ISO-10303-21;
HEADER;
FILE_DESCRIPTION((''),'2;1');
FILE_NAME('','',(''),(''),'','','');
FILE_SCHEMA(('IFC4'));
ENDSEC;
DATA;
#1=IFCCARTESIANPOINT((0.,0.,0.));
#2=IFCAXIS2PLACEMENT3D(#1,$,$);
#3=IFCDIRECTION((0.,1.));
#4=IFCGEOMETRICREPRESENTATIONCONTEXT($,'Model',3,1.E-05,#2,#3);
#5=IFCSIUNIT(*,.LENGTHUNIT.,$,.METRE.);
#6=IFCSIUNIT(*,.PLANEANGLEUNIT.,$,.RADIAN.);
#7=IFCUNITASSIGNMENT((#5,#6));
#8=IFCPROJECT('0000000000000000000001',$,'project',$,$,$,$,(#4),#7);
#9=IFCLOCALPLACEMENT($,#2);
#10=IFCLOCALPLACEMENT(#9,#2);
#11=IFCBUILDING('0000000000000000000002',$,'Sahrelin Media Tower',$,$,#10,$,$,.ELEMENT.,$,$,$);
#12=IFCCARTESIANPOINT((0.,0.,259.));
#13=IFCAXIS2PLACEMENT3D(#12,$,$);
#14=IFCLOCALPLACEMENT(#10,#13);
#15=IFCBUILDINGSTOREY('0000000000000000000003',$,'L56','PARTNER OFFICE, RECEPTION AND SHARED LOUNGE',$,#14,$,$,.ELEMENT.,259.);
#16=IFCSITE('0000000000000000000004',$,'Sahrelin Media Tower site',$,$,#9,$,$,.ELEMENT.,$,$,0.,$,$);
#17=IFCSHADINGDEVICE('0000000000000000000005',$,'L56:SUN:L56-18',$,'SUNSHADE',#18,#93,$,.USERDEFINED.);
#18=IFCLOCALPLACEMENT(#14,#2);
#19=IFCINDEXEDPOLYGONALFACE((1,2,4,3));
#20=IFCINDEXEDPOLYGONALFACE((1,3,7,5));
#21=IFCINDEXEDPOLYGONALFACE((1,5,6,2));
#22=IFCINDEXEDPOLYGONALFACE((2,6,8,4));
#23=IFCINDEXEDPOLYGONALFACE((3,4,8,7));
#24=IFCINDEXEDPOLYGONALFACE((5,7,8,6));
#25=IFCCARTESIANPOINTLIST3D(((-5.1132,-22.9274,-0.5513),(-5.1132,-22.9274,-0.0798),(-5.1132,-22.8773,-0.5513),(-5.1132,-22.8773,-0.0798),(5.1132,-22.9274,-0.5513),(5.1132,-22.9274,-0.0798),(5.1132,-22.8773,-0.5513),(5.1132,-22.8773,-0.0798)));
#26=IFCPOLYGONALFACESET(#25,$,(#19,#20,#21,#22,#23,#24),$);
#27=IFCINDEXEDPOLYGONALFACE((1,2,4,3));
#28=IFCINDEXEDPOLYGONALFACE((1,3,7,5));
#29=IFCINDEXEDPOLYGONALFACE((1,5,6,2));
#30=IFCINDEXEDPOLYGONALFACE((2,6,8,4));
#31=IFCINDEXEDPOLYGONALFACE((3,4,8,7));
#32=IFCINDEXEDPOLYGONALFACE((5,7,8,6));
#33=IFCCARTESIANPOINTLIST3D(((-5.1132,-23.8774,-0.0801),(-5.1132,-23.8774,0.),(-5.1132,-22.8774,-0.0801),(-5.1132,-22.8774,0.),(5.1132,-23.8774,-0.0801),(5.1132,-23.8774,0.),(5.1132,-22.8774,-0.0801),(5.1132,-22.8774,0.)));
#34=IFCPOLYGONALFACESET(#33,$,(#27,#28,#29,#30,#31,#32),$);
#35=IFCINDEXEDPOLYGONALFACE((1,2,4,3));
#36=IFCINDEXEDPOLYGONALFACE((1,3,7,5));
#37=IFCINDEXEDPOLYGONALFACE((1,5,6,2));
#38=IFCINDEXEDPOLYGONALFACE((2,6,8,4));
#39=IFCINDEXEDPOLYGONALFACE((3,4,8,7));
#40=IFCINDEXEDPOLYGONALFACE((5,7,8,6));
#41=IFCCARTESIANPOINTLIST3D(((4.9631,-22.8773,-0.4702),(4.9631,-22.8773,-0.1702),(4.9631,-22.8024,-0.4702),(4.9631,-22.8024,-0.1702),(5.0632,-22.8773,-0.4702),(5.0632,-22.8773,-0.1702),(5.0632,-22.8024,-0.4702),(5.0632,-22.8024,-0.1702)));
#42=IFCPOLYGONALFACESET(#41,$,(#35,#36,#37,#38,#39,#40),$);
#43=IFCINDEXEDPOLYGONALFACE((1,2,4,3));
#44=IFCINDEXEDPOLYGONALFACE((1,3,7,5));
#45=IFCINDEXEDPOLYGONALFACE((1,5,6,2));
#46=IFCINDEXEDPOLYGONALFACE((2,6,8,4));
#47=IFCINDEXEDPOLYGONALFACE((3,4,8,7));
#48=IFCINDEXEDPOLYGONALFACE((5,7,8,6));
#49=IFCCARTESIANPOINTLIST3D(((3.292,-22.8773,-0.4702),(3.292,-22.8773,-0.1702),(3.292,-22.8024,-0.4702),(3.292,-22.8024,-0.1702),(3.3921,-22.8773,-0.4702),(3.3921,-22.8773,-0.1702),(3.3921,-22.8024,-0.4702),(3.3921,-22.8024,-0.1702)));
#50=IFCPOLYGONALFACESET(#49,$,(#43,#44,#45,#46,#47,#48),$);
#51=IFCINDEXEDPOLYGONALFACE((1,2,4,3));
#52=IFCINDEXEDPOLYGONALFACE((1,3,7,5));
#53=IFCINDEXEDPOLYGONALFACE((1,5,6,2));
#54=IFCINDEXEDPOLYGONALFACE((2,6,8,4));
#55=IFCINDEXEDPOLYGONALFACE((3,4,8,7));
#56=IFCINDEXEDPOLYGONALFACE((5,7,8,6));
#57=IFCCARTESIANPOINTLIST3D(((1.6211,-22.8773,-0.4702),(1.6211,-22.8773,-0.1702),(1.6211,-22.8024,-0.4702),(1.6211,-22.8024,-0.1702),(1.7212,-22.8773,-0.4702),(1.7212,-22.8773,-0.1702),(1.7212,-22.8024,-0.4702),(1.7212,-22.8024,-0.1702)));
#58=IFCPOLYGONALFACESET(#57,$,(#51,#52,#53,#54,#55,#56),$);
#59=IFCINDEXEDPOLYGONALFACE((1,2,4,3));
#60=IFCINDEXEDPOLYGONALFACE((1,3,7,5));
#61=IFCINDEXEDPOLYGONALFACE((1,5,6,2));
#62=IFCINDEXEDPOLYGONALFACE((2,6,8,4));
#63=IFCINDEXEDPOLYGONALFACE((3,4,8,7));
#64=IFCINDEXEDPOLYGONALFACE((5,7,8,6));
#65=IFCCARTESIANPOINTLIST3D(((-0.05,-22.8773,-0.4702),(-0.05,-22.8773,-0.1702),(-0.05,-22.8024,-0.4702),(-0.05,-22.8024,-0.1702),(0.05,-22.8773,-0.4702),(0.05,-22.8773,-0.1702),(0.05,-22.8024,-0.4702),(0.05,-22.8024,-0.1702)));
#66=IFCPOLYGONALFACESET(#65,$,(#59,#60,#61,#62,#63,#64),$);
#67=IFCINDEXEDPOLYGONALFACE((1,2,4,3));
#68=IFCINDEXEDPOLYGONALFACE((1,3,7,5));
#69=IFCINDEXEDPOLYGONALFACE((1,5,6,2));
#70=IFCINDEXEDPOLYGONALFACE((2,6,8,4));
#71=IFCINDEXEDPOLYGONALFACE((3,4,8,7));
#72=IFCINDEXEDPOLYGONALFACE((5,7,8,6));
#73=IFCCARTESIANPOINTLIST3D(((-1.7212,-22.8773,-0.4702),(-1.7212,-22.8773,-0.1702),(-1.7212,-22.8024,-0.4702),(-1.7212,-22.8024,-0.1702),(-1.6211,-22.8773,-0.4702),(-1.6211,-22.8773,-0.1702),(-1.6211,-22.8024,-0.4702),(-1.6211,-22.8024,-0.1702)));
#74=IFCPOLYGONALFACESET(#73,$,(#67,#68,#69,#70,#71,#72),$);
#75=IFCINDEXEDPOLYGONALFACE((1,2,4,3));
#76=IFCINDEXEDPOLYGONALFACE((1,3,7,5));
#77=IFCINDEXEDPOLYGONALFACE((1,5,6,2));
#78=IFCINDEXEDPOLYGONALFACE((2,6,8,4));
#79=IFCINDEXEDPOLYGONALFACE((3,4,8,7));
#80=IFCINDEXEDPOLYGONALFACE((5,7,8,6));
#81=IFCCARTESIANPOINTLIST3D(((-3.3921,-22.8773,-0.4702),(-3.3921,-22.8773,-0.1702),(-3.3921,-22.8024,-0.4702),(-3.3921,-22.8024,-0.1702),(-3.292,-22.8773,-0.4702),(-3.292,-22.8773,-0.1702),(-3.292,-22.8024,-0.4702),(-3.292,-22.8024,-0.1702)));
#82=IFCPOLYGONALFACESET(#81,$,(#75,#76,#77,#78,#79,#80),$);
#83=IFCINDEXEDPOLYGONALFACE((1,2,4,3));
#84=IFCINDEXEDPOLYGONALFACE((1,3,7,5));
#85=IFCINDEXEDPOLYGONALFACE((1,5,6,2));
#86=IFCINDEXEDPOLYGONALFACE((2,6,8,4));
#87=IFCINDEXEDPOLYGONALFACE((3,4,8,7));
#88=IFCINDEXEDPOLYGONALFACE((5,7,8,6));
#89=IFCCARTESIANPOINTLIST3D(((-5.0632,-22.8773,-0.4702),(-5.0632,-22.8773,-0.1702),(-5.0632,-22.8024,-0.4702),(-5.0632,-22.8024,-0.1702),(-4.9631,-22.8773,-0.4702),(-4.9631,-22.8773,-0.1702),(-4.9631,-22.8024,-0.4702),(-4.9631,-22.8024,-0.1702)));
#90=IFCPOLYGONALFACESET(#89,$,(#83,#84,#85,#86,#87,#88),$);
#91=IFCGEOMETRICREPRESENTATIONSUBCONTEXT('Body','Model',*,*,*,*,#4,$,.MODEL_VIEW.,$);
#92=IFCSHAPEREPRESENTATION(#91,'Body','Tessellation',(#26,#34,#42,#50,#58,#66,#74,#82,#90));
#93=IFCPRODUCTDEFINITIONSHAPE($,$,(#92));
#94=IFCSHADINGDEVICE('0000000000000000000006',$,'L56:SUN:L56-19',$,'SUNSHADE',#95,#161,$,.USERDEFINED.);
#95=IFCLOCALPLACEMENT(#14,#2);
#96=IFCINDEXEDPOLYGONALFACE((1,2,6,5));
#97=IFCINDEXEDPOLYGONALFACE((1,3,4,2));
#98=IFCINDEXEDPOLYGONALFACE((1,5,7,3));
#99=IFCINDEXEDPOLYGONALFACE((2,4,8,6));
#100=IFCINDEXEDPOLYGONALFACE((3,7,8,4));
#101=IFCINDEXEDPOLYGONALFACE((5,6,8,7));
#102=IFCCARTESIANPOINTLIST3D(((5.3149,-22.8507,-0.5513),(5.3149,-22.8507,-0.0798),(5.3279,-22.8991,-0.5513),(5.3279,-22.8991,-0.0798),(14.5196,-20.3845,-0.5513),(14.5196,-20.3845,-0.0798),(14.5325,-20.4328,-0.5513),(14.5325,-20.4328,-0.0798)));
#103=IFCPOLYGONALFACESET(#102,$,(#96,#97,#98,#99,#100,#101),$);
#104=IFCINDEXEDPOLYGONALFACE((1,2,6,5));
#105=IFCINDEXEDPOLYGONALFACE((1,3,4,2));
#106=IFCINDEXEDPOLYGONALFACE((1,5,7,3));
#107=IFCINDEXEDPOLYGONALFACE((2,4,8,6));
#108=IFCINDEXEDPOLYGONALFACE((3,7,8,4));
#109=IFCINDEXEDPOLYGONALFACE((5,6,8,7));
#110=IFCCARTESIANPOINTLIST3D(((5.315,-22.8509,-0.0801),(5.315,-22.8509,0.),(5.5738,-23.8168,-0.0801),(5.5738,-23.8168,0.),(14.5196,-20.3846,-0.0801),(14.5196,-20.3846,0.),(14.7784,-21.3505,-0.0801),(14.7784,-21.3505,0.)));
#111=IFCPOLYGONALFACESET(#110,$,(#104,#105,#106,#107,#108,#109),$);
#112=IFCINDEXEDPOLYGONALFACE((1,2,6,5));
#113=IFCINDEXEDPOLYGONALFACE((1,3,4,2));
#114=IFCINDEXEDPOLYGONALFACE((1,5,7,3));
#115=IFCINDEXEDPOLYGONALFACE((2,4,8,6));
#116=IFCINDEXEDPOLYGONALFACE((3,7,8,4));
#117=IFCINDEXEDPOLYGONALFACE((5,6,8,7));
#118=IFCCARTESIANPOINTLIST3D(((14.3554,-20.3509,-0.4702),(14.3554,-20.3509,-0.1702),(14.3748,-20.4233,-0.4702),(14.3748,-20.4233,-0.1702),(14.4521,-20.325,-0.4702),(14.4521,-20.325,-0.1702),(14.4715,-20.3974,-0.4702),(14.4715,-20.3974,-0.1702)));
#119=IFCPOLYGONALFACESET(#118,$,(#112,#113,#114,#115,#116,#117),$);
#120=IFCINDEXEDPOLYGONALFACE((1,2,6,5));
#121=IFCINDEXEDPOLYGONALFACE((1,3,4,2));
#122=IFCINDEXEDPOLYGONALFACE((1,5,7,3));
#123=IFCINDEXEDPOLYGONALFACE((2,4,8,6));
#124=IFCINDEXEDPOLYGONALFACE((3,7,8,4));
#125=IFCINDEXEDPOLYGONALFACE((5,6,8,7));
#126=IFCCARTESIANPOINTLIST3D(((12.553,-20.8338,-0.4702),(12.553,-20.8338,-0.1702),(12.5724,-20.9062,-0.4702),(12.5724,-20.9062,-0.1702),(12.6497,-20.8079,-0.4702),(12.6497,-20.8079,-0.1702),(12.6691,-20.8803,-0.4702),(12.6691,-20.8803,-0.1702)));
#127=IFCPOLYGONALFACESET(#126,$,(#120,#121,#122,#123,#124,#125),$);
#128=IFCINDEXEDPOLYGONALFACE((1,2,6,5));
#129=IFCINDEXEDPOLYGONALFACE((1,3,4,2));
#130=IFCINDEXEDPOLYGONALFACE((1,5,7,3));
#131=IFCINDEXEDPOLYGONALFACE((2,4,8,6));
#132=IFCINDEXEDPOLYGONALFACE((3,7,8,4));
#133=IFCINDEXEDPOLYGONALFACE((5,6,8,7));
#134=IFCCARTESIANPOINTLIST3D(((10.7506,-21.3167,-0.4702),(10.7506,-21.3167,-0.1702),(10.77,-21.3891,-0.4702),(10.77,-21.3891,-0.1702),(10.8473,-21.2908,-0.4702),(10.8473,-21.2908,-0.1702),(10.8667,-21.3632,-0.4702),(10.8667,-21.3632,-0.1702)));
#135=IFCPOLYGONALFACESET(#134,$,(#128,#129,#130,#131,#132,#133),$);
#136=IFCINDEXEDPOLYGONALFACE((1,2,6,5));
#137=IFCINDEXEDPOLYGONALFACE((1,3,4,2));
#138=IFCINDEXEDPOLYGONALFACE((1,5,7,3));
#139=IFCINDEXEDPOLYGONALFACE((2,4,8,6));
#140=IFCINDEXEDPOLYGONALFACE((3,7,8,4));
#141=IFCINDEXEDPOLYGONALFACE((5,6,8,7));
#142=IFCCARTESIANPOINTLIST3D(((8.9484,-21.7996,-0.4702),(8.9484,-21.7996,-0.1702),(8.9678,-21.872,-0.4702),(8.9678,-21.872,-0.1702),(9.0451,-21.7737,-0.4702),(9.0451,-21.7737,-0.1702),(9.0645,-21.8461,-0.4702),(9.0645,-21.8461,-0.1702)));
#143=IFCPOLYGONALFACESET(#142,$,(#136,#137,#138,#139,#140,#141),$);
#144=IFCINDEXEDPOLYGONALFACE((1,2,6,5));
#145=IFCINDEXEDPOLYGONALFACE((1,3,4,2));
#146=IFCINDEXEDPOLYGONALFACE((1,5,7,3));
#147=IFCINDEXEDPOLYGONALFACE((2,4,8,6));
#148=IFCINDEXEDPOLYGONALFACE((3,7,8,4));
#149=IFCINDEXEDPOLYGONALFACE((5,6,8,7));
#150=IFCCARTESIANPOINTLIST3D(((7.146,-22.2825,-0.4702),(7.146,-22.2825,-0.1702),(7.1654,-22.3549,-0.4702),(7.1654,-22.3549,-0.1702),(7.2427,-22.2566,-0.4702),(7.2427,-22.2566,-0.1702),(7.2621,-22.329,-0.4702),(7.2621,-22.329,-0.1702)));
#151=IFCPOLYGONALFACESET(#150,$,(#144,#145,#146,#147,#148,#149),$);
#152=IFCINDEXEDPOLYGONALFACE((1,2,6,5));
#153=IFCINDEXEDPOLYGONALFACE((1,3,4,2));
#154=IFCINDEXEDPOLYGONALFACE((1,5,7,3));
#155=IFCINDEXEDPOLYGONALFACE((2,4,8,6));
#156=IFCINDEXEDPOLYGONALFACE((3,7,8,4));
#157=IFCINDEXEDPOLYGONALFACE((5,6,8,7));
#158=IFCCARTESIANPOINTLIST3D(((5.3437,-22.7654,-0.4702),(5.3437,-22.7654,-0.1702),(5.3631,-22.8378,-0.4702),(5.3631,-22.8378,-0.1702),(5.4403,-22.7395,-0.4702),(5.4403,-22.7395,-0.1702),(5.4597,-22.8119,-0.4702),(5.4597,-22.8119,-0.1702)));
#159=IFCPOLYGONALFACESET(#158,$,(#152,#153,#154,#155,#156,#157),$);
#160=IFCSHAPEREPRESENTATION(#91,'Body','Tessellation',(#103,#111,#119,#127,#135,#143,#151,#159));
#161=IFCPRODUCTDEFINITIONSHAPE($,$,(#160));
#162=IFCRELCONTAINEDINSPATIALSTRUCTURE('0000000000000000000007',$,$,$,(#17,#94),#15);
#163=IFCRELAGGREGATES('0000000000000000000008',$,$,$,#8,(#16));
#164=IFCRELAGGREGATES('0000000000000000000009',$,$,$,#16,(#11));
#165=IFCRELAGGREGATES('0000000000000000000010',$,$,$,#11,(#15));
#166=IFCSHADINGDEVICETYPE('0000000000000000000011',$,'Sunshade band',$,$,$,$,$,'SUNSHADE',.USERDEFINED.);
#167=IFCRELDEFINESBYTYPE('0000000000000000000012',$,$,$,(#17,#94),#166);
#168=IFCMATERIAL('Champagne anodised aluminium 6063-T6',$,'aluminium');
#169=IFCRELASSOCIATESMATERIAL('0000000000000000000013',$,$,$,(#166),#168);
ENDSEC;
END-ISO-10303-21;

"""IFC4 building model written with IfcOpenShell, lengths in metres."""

from ifc_helpers import new_model, si_unit, direction, frame, origin, origin_2d, place, context, subcontext, project, spatial, rectangle, extrude, material, type_object, element, save


model = new_model("IFC4")

# Units and contexts
model_context = context("Model", 3, precision=1e-05, world=origin(), true_north=direction((0.0, 1.0)))
body_context = subcontext(model_context, "Body", "Model", "MODEL_VIEW")
ifc_project = project(units=[si_unit("LENGTHUNIT", "METRE"), si_unit("PLANEANGLEUNIT", "RADIAN")], contexts=[model_context])

# Site, building, storey
site_placement = place(None, origin())
site = spatial("IfcSite", under=ifc_project, at=site_placement, Name="Sahrelin Media Tower site", CompositionType="ELEMENT", RefElevation=0.0)
building_placement = place(site_placement, origin())
building = spatial("IfcBuilding", under=site, at=building_placement, Name="Sahrelin Media Tower", CompositionType="ELEMENT")
storey_placement = place(building_placement, frame((0.0, 0.0, 259.0)))
storey = spatial("IfcBuildingStorey", under=building, at=storey_placement, Name="L56", Description="PARTNER OFFICE, RECEPTION AND SHARED LOUNGE", CompositionType="ELEMENT", Elevation=259.0)

# Shared definitions
ifc_material_1 = material(Name="Champagne anodised aluminium 6063-T6", Category="aluminium")

# Shading devices
placement_1 = place(storey_placement, frame((0.0, -22.8574, 0.0), z_axis=(0.0, 0.0, 1.0), x_axis=(-1.0, 0.0, 0.0)))
placement_2 = place(storey_placement, frame((9.9121, -21.5984, 0.0), z_axis=(0.0, 0.0, 1.0), x_axis=(-0.965929, -0.258808, 0.0)))
shading_device_type_1 = type_object("IfcShadingDeviceType", Name="Sunshade band", ElementType="SUNSHADE", PredefinedType="USERDEFINED", material=ifc_material_1)
element("IfcShadingDevice", 1, at=placement_1, inside=storey, type_object=shading_device_type_1, Name="L56:SUN:L56-18", ObjectType="SUNSHADE", PredefinedType="USERDEFINED", context=body_context, shape_type="SweptSolid", body=[
    extrude(rectangle(XDim=10.2263, YDim=0.05, at=origin_2d()), frame((0.0, 0.0449, -0.5513)), (0.0, 0.0, 1.0), 0.4714),
    extrude(rectangle(XDim=10.2263, YDim=1.0, at=origin_2d()), frame((0.0, 0.52, -0.0801)), (0.0, 0.0, 1.0), 0.0801),
    extrude(rectangle(XDim=0.1001, YDim=0.075, at=origin_2d()), frame((-5.0132, -0.0176, -0.4702)), (0.0, 0.0, 1.0), 0.3),
    extrude(rectangle(XDim=0.1001, YDim=0.075, at=origin_2d()), frame((-3.342, -0.0176, -0.4702)), (0.0, 0.0, 1.0), 0.3),
    extrude(rectangle(XDim=0.1001, YDim=0.075, at=origin_2d()), frame((-1.6711, -0.0176, -0.4702)), (0.0, 0.0, 1.0), 0.3),
    extrude(rectangle(XDim=0.1001, YDim=0.075, at=origin_2d()), frame((0.0, -0.0176, -0.4702)), (0.0, 0.0, 1.0), 0.3),
    extrude(rectangle(XDim=0.1001, YDim=0.075, at=origin_2d()), frame((1.6711, -0.0176, -0.4702)), (0.0, 0.0, 1.0), 0.3),
    extrude(rectangle(XDim=0.1001, YDim=0.075, at=origin_2d()), frame((3.342, -0.0176, -0.4702)), (0.0, 0.0, 1.0), 0.3),
    extrude(rectangle(XDim=0.1001, YDim=0.075, at=origin_2d()), frame((5.0132, -0.0176, -0.4702)), (0.0, 0.0, 1.0), 0.3),
])
element("IfcShadingDevice", 2, at=placement_2, inside=storey, type_object=shading_device_type_1, Name="L56:SUN:L56-19", ObjectType="SUNSHADE", PredefinedType="USERDEFINED", context=body_context, shape_type="SweptSolid", body=[
    extrude(rectangle(XDim=9.5293, YDim=0.05, at=origin_2d()), frame((0.0, 0.0449, -0.5513)), (0.0, 0.0, 1.0), 0.4714),
    extrude(rectangle(XDim=9.5293, YDim=1.0, at=origin_2d()), frame((0.0, 0.52, -0.0801)), (0.0, 0.0, 1.0), 0.0801),
    extrude(rectangle(XDim=0.1001, YDim=0.075, at=origin_2d()), frame((-4.6648, -0.0176, -0.4702)), (0.0, 0.0, 1.0), 0.3),
    extrude(rectangle(XDim=0.1001, YDim=0.075, at=origin_2d()), frame((-2.7988, -0.0176, -0.4702)), (0.0, 0.0, 1.0), 0.3),
    extrude(rectangle(XDim=0.1001, YDim=0.075, at=origin_2d()), frame((-0.9329, -0.0176, -0.4702)), (0.0, 0.0, 1.0), 0.3),
    extrude(rectangle(XDim=0.1001, YDim=0.075, at=origin_2d()), frame((0.9329, -0.0176, -0.4702)), (0.0, 0.0, 1.0), 0.3),
    extrude(rectangle(XDim=0.1001, YDim=0.075, at=origin_2d()), frame((2.7988, -0.0176, -0.4702)), (0.0, 0.0, 1.0), 0.3),
    extrude(rectangle(XDim=0.1001, YDim=0.075, at=origin_2d()), frame((4.6648, -0.0176, -0.4702)), (0.0, 0.0, 1.0), 0.3),
])

save(model, "model.ifc")
